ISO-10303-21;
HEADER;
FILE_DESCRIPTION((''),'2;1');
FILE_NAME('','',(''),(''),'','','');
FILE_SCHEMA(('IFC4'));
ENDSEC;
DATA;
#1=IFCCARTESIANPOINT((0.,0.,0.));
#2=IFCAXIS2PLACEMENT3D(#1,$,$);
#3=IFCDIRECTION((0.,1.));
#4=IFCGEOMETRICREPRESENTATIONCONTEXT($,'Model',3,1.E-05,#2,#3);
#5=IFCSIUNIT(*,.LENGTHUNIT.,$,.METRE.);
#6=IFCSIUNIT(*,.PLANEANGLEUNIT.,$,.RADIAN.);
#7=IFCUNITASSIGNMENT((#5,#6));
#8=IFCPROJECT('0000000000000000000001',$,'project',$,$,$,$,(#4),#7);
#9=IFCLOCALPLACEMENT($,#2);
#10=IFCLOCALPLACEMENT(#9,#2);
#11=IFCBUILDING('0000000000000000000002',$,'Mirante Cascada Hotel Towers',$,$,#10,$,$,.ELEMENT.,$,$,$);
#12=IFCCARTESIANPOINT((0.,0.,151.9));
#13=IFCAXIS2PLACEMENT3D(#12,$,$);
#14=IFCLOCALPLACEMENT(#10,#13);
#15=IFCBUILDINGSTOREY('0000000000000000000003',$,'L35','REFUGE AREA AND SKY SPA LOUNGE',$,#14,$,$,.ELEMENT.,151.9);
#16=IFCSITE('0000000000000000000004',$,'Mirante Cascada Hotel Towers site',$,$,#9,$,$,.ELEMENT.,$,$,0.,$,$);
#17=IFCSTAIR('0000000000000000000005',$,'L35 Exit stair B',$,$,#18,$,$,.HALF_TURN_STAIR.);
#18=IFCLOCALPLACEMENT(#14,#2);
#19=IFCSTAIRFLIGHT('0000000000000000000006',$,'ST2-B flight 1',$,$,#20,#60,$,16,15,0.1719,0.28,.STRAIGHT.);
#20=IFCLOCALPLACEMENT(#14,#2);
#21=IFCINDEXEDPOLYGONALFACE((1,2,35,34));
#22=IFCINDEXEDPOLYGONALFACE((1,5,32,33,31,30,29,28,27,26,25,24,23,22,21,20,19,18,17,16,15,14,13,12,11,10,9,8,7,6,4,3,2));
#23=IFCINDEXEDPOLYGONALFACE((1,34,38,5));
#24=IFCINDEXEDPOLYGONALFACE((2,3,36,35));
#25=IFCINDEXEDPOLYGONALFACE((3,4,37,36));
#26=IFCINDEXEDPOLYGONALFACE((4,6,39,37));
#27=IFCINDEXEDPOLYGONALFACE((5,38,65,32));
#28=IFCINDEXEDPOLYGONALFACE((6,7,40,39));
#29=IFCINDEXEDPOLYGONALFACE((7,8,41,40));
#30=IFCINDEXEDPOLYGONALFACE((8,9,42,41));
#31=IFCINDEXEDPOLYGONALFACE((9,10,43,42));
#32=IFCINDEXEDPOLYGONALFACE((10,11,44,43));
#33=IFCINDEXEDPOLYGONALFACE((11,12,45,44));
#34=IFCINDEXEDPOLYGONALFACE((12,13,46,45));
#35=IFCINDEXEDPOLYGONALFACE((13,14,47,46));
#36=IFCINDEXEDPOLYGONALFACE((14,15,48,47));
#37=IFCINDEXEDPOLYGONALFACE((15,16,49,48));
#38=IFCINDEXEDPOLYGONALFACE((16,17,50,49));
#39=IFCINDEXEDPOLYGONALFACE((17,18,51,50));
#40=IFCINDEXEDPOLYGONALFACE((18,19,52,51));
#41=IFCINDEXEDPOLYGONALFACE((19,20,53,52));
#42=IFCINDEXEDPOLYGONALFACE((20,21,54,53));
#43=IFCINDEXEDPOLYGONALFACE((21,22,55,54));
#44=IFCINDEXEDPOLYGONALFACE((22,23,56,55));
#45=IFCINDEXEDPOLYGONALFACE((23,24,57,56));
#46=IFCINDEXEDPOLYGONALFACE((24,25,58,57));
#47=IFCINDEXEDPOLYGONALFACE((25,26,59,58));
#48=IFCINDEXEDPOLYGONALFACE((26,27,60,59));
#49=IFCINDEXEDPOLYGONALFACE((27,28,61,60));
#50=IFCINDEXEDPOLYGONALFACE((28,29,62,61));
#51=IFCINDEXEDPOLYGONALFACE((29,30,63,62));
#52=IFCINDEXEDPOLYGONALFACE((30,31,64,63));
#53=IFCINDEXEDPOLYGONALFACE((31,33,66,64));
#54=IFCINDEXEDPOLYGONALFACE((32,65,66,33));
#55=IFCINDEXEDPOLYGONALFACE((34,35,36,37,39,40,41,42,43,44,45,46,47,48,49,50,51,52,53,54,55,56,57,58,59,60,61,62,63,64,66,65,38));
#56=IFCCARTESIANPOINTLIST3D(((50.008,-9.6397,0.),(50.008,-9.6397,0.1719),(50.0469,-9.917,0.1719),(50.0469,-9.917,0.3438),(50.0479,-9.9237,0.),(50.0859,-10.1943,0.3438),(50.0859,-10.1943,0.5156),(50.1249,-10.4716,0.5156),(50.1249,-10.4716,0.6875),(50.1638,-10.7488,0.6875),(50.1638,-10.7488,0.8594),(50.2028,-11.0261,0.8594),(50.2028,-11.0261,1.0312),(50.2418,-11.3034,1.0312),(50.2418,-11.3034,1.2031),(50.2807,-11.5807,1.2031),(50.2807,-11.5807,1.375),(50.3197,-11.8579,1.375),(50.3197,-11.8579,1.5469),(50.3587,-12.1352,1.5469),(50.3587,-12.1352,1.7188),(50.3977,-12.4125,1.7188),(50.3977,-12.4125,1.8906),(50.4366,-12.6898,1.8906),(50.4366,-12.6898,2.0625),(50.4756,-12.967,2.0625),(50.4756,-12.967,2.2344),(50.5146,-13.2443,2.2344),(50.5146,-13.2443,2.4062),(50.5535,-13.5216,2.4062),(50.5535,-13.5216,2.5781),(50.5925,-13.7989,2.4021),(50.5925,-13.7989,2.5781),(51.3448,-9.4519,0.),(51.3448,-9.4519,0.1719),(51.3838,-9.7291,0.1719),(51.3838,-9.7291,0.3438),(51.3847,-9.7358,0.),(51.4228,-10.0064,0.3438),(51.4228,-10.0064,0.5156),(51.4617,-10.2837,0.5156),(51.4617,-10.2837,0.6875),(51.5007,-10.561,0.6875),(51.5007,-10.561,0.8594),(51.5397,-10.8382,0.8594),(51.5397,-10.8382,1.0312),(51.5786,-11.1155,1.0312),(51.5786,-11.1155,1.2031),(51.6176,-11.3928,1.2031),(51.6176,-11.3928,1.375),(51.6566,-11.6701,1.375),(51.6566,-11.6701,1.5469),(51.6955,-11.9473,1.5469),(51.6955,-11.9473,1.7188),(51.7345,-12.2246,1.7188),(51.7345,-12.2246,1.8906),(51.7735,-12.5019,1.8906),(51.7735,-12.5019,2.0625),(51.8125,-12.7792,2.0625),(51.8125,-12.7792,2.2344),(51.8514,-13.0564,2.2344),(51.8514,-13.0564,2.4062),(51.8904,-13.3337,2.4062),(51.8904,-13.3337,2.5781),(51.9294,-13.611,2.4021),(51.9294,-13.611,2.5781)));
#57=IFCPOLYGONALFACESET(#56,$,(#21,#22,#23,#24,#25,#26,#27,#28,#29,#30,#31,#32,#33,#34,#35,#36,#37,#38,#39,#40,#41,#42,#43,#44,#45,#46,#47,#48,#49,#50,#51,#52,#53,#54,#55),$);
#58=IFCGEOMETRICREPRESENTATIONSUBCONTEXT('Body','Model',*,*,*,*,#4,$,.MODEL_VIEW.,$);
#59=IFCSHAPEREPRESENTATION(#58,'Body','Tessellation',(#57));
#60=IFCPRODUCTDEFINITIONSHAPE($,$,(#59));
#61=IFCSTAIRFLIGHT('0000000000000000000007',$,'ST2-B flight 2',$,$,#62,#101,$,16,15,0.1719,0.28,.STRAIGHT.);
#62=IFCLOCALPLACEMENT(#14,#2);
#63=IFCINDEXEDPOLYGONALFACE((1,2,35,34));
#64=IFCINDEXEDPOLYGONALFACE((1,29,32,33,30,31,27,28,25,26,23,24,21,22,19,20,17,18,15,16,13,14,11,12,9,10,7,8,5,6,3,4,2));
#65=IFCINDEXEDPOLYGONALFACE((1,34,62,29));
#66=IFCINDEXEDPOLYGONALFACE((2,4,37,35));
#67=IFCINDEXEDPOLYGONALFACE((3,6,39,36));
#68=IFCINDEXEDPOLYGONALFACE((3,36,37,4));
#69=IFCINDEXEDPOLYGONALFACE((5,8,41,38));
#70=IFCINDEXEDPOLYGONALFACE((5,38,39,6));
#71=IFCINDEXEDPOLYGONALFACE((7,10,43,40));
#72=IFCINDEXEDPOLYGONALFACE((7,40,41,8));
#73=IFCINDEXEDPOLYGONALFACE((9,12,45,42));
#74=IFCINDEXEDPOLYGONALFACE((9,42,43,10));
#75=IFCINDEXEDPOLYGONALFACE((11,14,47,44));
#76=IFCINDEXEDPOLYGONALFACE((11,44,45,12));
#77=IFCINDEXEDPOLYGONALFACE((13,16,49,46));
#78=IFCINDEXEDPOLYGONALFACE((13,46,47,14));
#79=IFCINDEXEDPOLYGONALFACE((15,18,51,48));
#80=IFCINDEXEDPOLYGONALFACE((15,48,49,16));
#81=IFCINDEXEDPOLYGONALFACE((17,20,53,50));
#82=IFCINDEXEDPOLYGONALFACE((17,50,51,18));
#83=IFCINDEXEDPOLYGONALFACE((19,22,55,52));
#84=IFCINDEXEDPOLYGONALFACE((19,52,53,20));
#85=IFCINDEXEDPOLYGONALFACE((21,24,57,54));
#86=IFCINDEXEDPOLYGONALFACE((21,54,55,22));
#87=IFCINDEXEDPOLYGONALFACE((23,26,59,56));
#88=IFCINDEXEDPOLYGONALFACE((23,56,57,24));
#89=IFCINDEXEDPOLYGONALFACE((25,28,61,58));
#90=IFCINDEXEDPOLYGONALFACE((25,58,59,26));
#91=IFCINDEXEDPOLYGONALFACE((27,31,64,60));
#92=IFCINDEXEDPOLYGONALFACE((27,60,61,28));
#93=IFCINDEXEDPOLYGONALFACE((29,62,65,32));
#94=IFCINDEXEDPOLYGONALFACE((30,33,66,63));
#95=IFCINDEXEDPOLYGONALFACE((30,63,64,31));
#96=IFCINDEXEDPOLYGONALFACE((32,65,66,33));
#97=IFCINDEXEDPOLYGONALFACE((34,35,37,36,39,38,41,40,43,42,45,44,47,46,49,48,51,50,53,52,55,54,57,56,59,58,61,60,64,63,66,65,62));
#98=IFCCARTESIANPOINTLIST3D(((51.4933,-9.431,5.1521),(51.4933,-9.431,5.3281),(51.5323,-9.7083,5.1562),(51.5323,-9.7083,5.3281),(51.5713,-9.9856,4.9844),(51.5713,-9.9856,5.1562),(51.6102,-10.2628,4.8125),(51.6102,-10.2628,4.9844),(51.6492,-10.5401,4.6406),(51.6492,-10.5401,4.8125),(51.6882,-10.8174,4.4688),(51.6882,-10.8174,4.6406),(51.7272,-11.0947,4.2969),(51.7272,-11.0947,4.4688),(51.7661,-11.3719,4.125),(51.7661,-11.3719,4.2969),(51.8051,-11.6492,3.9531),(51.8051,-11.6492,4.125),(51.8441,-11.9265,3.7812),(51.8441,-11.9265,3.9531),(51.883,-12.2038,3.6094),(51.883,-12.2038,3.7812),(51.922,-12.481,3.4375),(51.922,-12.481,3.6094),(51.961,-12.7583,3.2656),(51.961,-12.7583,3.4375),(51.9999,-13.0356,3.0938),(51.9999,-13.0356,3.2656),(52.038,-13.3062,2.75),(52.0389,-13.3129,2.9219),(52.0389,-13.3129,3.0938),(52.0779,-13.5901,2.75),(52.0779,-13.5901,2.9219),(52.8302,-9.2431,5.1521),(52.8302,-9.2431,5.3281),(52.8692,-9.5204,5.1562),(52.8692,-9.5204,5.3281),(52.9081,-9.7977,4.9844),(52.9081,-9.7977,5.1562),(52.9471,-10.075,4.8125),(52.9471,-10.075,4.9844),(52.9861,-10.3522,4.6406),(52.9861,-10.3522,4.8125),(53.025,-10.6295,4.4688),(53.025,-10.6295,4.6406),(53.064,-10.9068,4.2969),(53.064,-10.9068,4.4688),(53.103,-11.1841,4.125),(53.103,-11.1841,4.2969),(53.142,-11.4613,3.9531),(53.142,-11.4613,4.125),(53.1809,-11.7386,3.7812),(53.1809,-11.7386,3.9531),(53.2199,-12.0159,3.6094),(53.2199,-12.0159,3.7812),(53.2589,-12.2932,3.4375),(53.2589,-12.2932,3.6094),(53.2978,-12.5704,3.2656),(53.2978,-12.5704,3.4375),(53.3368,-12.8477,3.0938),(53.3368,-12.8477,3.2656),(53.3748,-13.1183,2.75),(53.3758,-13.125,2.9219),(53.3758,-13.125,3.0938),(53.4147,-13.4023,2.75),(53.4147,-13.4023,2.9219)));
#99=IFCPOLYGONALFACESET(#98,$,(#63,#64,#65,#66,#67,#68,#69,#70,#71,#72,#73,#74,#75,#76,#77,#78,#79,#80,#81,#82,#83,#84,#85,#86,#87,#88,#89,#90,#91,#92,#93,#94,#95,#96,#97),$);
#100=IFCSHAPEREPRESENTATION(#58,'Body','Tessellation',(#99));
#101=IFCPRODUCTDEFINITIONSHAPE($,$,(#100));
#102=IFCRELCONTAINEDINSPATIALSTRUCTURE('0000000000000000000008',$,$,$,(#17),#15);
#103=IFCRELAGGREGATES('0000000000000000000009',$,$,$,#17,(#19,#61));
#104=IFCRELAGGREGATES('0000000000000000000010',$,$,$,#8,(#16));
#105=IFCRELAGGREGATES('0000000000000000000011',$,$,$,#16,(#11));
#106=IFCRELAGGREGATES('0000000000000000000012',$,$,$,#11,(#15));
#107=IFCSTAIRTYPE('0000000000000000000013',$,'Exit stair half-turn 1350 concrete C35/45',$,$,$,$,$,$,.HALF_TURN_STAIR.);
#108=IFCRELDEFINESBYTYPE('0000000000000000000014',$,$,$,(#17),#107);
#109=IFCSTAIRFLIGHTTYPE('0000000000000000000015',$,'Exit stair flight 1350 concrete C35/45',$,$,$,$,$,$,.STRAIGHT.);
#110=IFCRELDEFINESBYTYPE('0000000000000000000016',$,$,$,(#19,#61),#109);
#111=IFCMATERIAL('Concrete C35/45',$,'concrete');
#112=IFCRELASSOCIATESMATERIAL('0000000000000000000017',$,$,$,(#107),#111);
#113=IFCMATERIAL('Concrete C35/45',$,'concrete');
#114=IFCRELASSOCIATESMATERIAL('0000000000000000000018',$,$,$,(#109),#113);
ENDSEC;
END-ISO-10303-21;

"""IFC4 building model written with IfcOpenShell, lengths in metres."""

from ifc_helpers import new_model, si_unit, direction, frame, origin, place, context, subcontext, project, spatial, polyline, outline, extrude, material, type_object, element, aggregate, save


model = new_model("IFC4")

# Units and contexts
model_context = context("Model", 3, precision=1e-05, world=origin(), true_north=direction((0.0, 1.0)))
body_context = subcontext(model_context, "Body", "Model", "MODEL_VIEW")
ifc_project = project(units=[si_unit("LENGTHUNIT", "METRE"), si_unit("PLANEANGLEUNIT", "RADIAN")], contexts=[model_context])

# Site, building, storey
site_placement = place(None, origin())
site = spatial("IfcSite", under=ifc_project, at=site_placement, Name="Mirante Cascada Hotel Towers site", CompositionType="ELEMENT", RefElevation=0.0)
building_placement = place(site_placement, origin())
building = spatial("IfcBuilding", under=site, at=building_placement, Name="Mirante Cascada Hotel Towers", CompositionType="ELEMENT")
storey_placement = place(building_placement, frame((0.0, 0.0, 151.9)))
storey = spatial("IfcBuildingStorey", under=building, at=storey_placement, Name="L35", Description="REFUGE AREA AND SKY SPA LOUNGE", CompositionType="ELEMENT", Elevation=151.9)

# Stair, stair flights
ifc_material_1 = material(Name="Concrete C35/45", Category="concrete")
stair_type = type_object("IfcStairType", Name="Exit stair half-turn 1350 concrete C35/45", PredefinedType="HALF_TURN_STAIR", material=ifc_material_1)
stair_placement = place(storey_placement, origin())
stair = element("IfcStair", 1, at=stair_placement, inside=storey, type_object=stair_type, Name="L35 Exit stair B", PredefinedType="HALF_TURN_STAIR")
ifc_material_2 = material(Name="Concrete C35/45", Category="concrete")
stair_flight_type = type_object("IfcStairFlightType", Name="Exit stair flight 1350 concrete C35/45", PredefinedType="STRAIGHT", material=ifc_material_2)
stair_flight_1_placement = place(storey_placement, frame((50.6764, -9.5458, 0.0), z_axis=(0.0, 0.0, 1.0), x_axis=(0.139173, -0.990268, 0.0)))
stair_flight_1 = element("IfcStairFlight", 2, at=stair_flight_1_placement, type_object=stair_flight_type, Name="ST2-B flight 1", NumberOfRisers=16, NumberOfTreads=15, PredefinedType="STRAIGHT", RiserHeight=0.1719, TreadLength=0.28, context=body_context, shape_type="SweptSolid", body=[
    extrude(outline(polyline([(0.0, 0.0), (0.0, 0.1719), (0.28, 0.1719), (0.28, 0.3438), (0.56, 0.3438), (0.56, 0.5156), (0.84, 0.5156), (0.84, 0.6875), (1.12, 0.6875), (1.12, 0.8594), (1.4, 0.8594), (1.4, 1.0312), (1.68, 1.0312), (1.68, 1.2031), (1.96, 1.2031), (1.96, 1.375), (2.24, 1.375), (2.24, 1.5469), (2.52, 1.5469), (2.52, 1.7188), (2.8, 1.7188), (2.8, 1.8906), (3.08, 1.8906), (3.08, 2.0625), (3.36, 2.0625), (3.36, 2.2344), (3.64, 2.2344), (3.64, 2.4062), (3.92, 2.4062), (3.92, 2.5781), (4.2, 2.5781), (4.2, 2.75), (4.2, 2.4021), (0.2867, 0.0), (0.0, 0.0)])), frame((0.0, 0.675, 0.0), z_axis=(0.0, -1.0, 0.0), x_axis=(1.0, 0.0, 0.0)), (0.0, 0.0, 1.0), 1.35),
])
stair_flight_2_placement = place(storey_placement, frame((52.7463, -13.4962, 2.75), z_axis=(0.0, 0.0, 1.0), x_axis=(-0.139173, 0.990268, 0.0)))
stair_flight_2 = element("IfcStairFlight", 3, at=stair_flight_2_placement, type_object=stair_flight_type, Name="ST2-B flight 2", NumberOfRisers=16, NumberOfTreads=15, PredefinedType="STRAIGHT", RiserHeight=0.1719, TreadLength=0.28, context=body_context, shape_type="SweptSolid", body=[
    extrude(outline(polyline([(0.0, 0.0), (0.0, 0.1719), (0.28, 0.1719), (0.28, 0.3438), (0.56, 0.3438), (0.56, 0.5156), (0.84, 0.5156), (0.84, 0.6875), (1.12, 0.6875), (1.12, 0.8594), (1.4, 0.8594), (1.4, 1.0312), (1.68, 1.0312), (1.68, 1.2031), (1.96, 1.2031), (1.96, 1.375), (2.24, 1.375), (2.24, 1.5469), (2.52, 1.5469), (2.52, 1.7188), (2.8, 1.7188), (2.8, 1.8906), (3.08, 1.8906), (3.08, 2.0625), (3.36, 2.0625), (3.36, 2.2344), (3.64, 2.2344), (3.64, 2.4062), (3.92, 2.4062), (3.92, 2.5781), (4.2, 2.5781), (4.2, 2.75), (4.2, 2.4021), (0.2867, 0.0), (0.0, 0.0)])), frame((0.0, 0.675, 0.0), z_axis=(0.0, -1.0, 0.0), x_axis=(1.0, 0.0, 0.0)), (0.0, 0.0, 1.0), 1.35),
])
aggregate(stair, [stair_flight_1, stair_flight_2])

save(model, "model.ifc")
